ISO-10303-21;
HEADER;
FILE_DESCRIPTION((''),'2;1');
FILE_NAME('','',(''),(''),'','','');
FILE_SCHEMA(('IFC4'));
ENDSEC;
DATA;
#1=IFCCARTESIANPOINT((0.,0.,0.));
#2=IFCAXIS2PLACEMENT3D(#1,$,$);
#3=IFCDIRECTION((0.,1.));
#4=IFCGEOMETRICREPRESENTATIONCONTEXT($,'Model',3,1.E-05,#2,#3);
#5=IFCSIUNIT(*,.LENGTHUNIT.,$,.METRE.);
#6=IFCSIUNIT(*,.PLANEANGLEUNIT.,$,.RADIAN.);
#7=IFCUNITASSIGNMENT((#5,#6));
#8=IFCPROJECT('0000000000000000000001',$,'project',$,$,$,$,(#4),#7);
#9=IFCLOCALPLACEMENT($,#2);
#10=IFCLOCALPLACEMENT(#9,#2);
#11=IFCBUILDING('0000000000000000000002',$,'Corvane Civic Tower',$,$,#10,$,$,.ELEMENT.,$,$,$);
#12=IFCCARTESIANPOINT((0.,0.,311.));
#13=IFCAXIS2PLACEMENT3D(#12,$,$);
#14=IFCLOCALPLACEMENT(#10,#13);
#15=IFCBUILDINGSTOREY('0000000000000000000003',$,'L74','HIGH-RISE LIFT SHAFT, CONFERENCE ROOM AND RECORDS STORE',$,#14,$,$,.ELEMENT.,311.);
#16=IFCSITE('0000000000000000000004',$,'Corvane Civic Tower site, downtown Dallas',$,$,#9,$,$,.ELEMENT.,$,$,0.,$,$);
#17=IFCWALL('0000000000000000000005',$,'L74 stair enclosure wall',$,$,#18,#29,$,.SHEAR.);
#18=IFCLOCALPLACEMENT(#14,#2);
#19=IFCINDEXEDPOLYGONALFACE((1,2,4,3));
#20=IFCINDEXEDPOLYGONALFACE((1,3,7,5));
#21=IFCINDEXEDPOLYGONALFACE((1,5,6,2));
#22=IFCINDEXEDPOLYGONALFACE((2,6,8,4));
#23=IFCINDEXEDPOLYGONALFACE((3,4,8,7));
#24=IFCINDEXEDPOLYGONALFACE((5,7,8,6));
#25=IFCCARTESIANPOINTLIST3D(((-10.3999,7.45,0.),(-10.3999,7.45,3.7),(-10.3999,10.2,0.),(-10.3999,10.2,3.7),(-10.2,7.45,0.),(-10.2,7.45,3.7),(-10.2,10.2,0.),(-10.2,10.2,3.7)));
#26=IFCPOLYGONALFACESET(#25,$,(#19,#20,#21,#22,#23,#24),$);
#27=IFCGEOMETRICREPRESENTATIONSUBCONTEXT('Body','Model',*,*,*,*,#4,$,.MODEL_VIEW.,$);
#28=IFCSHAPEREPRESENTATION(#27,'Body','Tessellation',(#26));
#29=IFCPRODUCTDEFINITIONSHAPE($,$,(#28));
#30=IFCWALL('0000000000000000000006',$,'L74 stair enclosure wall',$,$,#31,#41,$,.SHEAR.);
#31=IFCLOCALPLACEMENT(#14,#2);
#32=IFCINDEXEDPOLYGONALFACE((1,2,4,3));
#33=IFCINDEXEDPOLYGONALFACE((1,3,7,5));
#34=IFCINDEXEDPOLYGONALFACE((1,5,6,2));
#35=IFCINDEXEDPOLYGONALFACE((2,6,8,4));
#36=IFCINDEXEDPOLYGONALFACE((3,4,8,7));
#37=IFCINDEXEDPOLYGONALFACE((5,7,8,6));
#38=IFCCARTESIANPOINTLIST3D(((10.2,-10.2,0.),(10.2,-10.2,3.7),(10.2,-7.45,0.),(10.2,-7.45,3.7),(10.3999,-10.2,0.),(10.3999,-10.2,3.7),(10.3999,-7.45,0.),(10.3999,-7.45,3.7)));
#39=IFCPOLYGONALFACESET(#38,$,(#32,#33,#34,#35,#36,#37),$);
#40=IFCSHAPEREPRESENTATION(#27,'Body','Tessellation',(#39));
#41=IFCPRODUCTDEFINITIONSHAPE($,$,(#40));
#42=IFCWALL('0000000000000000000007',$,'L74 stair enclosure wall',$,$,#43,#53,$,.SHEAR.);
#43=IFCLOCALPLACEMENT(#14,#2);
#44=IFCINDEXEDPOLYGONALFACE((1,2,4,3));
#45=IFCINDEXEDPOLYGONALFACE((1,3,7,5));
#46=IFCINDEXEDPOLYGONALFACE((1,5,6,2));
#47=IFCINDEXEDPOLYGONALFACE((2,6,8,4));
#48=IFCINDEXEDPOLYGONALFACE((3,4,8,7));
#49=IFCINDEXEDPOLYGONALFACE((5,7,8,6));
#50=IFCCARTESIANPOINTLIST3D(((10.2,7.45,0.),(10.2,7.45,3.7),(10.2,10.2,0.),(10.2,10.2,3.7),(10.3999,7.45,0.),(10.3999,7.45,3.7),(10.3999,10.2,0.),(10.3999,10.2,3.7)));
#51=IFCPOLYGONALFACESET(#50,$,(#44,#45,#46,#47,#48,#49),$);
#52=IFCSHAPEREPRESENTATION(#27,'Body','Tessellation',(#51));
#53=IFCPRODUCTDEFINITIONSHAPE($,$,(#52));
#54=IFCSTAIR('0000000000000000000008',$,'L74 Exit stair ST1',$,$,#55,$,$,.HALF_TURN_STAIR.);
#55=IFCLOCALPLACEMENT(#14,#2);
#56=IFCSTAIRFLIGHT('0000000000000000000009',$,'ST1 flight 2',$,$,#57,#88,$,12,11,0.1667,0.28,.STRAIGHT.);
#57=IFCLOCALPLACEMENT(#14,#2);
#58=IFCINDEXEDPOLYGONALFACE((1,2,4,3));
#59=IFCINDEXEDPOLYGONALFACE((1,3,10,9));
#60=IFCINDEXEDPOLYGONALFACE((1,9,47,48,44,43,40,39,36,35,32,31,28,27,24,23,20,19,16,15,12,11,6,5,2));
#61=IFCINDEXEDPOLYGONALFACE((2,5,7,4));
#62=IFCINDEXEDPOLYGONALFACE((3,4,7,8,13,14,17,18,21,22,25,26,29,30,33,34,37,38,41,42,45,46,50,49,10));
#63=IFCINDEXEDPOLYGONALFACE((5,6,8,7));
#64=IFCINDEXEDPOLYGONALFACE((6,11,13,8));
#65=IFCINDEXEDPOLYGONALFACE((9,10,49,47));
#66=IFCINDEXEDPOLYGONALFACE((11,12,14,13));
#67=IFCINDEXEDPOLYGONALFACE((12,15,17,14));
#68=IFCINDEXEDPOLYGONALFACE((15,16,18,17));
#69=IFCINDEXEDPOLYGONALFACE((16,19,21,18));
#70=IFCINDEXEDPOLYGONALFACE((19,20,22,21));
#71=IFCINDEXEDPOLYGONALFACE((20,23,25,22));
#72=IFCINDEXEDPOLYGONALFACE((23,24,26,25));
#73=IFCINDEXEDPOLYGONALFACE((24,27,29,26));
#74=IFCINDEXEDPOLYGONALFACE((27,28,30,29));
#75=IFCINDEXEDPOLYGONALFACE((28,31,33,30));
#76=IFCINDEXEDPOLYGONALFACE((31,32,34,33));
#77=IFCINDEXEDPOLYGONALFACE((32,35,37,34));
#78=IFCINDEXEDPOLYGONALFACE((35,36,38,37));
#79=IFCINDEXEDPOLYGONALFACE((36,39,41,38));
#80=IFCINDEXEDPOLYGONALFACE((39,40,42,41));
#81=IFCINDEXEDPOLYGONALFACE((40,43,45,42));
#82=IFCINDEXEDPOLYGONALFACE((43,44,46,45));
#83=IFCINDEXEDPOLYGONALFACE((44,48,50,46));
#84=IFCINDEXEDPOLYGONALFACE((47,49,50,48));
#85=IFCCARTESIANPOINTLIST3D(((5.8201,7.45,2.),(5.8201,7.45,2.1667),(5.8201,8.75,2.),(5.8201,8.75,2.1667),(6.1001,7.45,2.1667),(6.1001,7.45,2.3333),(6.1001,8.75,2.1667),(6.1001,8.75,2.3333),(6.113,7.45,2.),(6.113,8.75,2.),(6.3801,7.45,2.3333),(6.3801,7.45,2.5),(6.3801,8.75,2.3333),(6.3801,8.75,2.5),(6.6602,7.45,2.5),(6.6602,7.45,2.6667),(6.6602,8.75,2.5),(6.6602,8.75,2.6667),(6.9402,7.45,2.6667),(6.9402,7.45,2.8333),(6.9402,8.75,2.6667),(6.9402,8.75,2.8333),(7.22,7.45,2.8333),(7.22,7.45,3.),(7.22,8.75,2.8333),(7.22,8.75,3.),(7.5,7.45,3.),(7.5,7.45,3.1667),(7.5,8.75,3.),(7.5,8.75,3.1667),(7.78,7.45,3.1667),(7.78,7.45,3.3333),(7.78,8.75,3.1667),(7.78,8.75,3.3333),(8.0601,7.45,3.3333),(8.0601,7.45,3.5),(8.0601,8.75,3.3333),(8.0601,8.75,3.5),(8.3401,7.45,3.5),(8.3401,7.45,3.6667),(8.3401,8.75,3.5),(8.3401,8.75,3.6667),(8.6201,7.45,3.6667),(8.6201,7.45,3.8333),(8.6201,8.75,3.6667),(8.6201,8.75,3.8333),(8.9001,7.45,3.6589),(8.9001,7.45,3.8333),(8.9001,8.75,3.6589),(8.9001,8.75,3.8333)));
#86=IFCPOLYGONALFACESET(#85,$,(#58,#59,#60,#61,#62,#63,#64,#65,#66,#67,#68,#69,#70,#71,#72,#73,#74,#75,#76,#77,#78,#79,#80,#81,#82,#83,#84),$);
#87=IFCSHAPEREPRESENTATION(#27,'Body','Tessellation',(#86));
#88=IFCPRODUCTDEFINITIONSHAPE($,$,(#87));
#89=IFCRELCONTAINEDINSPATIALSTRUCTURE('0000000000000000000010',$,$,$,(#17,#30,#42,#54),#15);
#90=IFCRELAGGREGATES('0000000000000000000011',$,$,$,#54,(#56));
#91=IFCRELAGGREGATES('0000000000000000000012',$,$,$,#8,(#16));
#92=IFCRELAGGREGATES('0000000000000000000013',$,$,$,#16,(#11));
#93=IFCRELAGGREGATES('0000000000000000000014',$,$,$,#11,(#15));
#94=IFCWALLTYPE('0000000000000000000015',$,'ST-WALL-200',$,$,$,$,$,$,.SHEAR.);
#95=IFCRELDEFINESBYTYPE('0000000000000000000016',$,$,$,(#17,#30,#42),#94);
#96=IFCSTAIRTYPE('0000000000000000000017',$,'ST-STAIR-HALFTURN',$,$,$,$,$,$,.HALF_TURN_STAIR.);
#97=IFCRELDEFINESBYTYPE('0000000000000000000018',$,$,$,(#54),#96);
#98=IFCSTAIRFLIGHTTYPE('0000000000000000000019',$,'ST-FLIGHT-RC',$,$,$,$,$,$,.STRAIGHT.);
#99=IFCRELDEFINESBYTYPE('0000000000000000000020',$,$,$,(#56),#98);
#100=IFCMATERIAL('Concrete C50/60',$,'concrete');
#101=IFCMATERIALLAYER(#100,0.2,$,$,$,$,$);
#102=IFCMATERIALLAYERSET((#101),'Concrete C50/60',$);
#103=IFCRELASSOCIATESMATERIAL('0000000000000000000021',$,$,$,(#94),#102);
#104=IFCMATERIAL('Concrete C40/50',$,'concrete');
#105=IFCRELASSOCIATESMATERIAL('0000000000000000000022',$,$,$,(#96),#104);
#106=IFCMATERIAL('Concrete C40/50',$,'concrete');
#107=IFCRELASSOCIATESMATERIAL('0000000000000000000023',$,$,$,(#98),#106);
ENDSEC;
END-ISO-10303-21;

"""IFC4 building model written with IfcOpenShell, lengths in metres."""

from ifc_helpers import new_model, si_unit, direction, frame, origin, place, context, subcontext, project, spatial, polyline, outline, extrude, material, layer, layer_set, type_object, element, aggregate, save


model = new_model("IFC4")

# Units and contexts
model_context = context("Model", 3, precision=1e-05, world=origin(), true_north=direction((0.0, 1.0)))
body_context = subcontext(model_context, "Body", "Model", "MODEL_VIEW")
ifc_project = project(units=[si_unit("LENGTHUNIT", "METRE"), si_unit("PLANEANGLEUNIT", "RADIAN")], contexts=[model_context])

# Site, building, storey
site_placement = place(None, origin())
site = spatial("IfcSite", under=ifc_project, at=site_placement, Name="Corvane Civic Tower site, downtown Dallas", CompositionType="ELEMENT", RefElevation=0.0)
building_placement = place(site_placement, origin())
building = spatial("IfcBuilding", under=site, at=building_placement, Name="Corvane Civic Tower", CompositionType="ELEMENT")
storey_placement = place(building_placement, frame((0.0, 0.0, 311.0)))
storey = spatial("IfcBuildingStorey", under=building, at=storey_placement, Name="L74", Description="HIGH-RISE LIFT SHAFT, CONFERENCE ROOM AND RECORDS STORE", CompositionType="ELEMENT", Elevation=311.0)

# Shared definitions
ifc_material_1 = material(Name="Concrete C50/60", Category="concrete")
ifc_layer_1 = layer(ifc_material_1, 0.2)
ifc_layer_set_1 = layer_set([ifc_layer_1], Name="Concrete C50/60")
wall_type_1 = type_object("IfcWallType", Name="ST-WALL-200", PredefinedType="SHEAR", material=ifc_layer_set_1)

# Walls
wall_1_placement = place(storey_placement, origin())
element("IfcWall", 1, at=wall_1_placement, inside=storey, type_object=wall_type_1, Name="L74 stair enclosure wall", PredefinedType="SHEAR", context=body_context, shape_type="SweptSolid", body=[
    extrude(outline(polyline([(-10.2, 7.45), (-10.3999, 7.45), (-10.3999, 10.2), (-10.2, 10.2), (-10.2, 7.45)])), origin(), (0.0, 0.0, 1.0), 3.7),
])
wall_2_placement = place(storey_placement, origin())
element("IfcWall", 2, at=wall_2_placement, inside=storey, type_object=wall_type_1, Name="L74 stair enclosure wall", PredefinedType="SHEAR", context=body_context, shape_type="SweptSolid", body=[
    extrude(outline(polyline([(10.3999, -7.45), (10.3999, -10.2), (10.2, -10.2), (10.2, -7.45), (10.3999, -7.45)])), origin(), (0.0, 0.0, 1.0), 3.7),
])
wall_3_placement = place(storey_placement, origin())
element("IfcWall", 3, at=wall_3_placement, inside=storey, type_object=wall_type_1, Name="L74 stair enclosure wall", PredefinedType="SHEAR", context=body_context, shape_type="SweptSolid", body=[
    extrude(outline(polyline([(10.3999, 7.45), (10.2, 7.45), (10.2, 10.2), (10.3999, 10.2), (10.3999, 7.45)])), origin(), (0.0, 0.0, 1.0), 3.7),
])

# Stair, stair flight
ifc_material_2 = material(Name="Concrete C40/50", Category="concrete")
stair_type = type_object("IfcStairType", Name="ST-STAIR-HALFTURN", PredefinedType="HALF_TURN_STAIR", material=ifc_material_2)
stair_placement = place(storey_placement, origin())
stair = element("IfcStair", 4, at=stair_placement, inside=storey, type_object=stair_type, Name="L74 Exit stair ST1", PredefinedType="HALF_TURN_STAIR")
ifc_material_3 = material(Name="Concrete C40/50", Category="concrete")
stair_flight_type = type_object("IfcStairFlightType", Name="ST-FLIGHT-RC", PredefinedType="STRAIGHT", material=ifc_material_3)
stair_flight_placement = place(storey_placement, frame((5.8201, 8.1001, 2.0), z_axis=(0.0, 0.0, 1.0), x_axis=(1.0, 0.0, 0.0)))
stair_flight = element("IfcStairFlight", 5, at=stair_flight_placement, type_object=stair_flight_type, Name="ST1 flight 2", NumberOfRisers=12, NumberOfTreads=11, PredefinedType="STRAIGHT", RiserHeight=0.1667, TreadLength=0.28, context=body_context, shape_type="SweptSolid", body=[
    extrude(outline(polyline([(0.0, 0.0), (0.0, 0.1667), (0.28, 0.1667), (0.28, 0.3333), (0.5601, 0.3333), (0.5601, 0.5), (0.8401, 0.5), (0.8401, 0.6667), (1.1201, 0.6667), (1.1201, 0.8333), (1.3999, 0.8333), (1.3999, 1.0), (1.6799, 1.0), (1.6799, 1.1667), (1.96, 1.1667), (1.96, 1.3333), (2.24, 1.3333), (2.24, 1.5), (2.52, 1.5), (2.52, 1.6667), (2.8, 1.6667), (2.8, 1.8333), (3.0801, 1.8333), (3.0801, 2.0), (3.0801, 1.6589), (0.293, 0.0), (0.0, 0.0)])), frame((0.0, 0.6499, 0.0), z_axis=(0.0, -1.0, 0.0), x_axis=(1.0, 0.0, 0.0)), (0.0, 0.0, 1.0), 1.3),
])
aggregate(stair, [stair_flight])

save(model, "model.ifc")
